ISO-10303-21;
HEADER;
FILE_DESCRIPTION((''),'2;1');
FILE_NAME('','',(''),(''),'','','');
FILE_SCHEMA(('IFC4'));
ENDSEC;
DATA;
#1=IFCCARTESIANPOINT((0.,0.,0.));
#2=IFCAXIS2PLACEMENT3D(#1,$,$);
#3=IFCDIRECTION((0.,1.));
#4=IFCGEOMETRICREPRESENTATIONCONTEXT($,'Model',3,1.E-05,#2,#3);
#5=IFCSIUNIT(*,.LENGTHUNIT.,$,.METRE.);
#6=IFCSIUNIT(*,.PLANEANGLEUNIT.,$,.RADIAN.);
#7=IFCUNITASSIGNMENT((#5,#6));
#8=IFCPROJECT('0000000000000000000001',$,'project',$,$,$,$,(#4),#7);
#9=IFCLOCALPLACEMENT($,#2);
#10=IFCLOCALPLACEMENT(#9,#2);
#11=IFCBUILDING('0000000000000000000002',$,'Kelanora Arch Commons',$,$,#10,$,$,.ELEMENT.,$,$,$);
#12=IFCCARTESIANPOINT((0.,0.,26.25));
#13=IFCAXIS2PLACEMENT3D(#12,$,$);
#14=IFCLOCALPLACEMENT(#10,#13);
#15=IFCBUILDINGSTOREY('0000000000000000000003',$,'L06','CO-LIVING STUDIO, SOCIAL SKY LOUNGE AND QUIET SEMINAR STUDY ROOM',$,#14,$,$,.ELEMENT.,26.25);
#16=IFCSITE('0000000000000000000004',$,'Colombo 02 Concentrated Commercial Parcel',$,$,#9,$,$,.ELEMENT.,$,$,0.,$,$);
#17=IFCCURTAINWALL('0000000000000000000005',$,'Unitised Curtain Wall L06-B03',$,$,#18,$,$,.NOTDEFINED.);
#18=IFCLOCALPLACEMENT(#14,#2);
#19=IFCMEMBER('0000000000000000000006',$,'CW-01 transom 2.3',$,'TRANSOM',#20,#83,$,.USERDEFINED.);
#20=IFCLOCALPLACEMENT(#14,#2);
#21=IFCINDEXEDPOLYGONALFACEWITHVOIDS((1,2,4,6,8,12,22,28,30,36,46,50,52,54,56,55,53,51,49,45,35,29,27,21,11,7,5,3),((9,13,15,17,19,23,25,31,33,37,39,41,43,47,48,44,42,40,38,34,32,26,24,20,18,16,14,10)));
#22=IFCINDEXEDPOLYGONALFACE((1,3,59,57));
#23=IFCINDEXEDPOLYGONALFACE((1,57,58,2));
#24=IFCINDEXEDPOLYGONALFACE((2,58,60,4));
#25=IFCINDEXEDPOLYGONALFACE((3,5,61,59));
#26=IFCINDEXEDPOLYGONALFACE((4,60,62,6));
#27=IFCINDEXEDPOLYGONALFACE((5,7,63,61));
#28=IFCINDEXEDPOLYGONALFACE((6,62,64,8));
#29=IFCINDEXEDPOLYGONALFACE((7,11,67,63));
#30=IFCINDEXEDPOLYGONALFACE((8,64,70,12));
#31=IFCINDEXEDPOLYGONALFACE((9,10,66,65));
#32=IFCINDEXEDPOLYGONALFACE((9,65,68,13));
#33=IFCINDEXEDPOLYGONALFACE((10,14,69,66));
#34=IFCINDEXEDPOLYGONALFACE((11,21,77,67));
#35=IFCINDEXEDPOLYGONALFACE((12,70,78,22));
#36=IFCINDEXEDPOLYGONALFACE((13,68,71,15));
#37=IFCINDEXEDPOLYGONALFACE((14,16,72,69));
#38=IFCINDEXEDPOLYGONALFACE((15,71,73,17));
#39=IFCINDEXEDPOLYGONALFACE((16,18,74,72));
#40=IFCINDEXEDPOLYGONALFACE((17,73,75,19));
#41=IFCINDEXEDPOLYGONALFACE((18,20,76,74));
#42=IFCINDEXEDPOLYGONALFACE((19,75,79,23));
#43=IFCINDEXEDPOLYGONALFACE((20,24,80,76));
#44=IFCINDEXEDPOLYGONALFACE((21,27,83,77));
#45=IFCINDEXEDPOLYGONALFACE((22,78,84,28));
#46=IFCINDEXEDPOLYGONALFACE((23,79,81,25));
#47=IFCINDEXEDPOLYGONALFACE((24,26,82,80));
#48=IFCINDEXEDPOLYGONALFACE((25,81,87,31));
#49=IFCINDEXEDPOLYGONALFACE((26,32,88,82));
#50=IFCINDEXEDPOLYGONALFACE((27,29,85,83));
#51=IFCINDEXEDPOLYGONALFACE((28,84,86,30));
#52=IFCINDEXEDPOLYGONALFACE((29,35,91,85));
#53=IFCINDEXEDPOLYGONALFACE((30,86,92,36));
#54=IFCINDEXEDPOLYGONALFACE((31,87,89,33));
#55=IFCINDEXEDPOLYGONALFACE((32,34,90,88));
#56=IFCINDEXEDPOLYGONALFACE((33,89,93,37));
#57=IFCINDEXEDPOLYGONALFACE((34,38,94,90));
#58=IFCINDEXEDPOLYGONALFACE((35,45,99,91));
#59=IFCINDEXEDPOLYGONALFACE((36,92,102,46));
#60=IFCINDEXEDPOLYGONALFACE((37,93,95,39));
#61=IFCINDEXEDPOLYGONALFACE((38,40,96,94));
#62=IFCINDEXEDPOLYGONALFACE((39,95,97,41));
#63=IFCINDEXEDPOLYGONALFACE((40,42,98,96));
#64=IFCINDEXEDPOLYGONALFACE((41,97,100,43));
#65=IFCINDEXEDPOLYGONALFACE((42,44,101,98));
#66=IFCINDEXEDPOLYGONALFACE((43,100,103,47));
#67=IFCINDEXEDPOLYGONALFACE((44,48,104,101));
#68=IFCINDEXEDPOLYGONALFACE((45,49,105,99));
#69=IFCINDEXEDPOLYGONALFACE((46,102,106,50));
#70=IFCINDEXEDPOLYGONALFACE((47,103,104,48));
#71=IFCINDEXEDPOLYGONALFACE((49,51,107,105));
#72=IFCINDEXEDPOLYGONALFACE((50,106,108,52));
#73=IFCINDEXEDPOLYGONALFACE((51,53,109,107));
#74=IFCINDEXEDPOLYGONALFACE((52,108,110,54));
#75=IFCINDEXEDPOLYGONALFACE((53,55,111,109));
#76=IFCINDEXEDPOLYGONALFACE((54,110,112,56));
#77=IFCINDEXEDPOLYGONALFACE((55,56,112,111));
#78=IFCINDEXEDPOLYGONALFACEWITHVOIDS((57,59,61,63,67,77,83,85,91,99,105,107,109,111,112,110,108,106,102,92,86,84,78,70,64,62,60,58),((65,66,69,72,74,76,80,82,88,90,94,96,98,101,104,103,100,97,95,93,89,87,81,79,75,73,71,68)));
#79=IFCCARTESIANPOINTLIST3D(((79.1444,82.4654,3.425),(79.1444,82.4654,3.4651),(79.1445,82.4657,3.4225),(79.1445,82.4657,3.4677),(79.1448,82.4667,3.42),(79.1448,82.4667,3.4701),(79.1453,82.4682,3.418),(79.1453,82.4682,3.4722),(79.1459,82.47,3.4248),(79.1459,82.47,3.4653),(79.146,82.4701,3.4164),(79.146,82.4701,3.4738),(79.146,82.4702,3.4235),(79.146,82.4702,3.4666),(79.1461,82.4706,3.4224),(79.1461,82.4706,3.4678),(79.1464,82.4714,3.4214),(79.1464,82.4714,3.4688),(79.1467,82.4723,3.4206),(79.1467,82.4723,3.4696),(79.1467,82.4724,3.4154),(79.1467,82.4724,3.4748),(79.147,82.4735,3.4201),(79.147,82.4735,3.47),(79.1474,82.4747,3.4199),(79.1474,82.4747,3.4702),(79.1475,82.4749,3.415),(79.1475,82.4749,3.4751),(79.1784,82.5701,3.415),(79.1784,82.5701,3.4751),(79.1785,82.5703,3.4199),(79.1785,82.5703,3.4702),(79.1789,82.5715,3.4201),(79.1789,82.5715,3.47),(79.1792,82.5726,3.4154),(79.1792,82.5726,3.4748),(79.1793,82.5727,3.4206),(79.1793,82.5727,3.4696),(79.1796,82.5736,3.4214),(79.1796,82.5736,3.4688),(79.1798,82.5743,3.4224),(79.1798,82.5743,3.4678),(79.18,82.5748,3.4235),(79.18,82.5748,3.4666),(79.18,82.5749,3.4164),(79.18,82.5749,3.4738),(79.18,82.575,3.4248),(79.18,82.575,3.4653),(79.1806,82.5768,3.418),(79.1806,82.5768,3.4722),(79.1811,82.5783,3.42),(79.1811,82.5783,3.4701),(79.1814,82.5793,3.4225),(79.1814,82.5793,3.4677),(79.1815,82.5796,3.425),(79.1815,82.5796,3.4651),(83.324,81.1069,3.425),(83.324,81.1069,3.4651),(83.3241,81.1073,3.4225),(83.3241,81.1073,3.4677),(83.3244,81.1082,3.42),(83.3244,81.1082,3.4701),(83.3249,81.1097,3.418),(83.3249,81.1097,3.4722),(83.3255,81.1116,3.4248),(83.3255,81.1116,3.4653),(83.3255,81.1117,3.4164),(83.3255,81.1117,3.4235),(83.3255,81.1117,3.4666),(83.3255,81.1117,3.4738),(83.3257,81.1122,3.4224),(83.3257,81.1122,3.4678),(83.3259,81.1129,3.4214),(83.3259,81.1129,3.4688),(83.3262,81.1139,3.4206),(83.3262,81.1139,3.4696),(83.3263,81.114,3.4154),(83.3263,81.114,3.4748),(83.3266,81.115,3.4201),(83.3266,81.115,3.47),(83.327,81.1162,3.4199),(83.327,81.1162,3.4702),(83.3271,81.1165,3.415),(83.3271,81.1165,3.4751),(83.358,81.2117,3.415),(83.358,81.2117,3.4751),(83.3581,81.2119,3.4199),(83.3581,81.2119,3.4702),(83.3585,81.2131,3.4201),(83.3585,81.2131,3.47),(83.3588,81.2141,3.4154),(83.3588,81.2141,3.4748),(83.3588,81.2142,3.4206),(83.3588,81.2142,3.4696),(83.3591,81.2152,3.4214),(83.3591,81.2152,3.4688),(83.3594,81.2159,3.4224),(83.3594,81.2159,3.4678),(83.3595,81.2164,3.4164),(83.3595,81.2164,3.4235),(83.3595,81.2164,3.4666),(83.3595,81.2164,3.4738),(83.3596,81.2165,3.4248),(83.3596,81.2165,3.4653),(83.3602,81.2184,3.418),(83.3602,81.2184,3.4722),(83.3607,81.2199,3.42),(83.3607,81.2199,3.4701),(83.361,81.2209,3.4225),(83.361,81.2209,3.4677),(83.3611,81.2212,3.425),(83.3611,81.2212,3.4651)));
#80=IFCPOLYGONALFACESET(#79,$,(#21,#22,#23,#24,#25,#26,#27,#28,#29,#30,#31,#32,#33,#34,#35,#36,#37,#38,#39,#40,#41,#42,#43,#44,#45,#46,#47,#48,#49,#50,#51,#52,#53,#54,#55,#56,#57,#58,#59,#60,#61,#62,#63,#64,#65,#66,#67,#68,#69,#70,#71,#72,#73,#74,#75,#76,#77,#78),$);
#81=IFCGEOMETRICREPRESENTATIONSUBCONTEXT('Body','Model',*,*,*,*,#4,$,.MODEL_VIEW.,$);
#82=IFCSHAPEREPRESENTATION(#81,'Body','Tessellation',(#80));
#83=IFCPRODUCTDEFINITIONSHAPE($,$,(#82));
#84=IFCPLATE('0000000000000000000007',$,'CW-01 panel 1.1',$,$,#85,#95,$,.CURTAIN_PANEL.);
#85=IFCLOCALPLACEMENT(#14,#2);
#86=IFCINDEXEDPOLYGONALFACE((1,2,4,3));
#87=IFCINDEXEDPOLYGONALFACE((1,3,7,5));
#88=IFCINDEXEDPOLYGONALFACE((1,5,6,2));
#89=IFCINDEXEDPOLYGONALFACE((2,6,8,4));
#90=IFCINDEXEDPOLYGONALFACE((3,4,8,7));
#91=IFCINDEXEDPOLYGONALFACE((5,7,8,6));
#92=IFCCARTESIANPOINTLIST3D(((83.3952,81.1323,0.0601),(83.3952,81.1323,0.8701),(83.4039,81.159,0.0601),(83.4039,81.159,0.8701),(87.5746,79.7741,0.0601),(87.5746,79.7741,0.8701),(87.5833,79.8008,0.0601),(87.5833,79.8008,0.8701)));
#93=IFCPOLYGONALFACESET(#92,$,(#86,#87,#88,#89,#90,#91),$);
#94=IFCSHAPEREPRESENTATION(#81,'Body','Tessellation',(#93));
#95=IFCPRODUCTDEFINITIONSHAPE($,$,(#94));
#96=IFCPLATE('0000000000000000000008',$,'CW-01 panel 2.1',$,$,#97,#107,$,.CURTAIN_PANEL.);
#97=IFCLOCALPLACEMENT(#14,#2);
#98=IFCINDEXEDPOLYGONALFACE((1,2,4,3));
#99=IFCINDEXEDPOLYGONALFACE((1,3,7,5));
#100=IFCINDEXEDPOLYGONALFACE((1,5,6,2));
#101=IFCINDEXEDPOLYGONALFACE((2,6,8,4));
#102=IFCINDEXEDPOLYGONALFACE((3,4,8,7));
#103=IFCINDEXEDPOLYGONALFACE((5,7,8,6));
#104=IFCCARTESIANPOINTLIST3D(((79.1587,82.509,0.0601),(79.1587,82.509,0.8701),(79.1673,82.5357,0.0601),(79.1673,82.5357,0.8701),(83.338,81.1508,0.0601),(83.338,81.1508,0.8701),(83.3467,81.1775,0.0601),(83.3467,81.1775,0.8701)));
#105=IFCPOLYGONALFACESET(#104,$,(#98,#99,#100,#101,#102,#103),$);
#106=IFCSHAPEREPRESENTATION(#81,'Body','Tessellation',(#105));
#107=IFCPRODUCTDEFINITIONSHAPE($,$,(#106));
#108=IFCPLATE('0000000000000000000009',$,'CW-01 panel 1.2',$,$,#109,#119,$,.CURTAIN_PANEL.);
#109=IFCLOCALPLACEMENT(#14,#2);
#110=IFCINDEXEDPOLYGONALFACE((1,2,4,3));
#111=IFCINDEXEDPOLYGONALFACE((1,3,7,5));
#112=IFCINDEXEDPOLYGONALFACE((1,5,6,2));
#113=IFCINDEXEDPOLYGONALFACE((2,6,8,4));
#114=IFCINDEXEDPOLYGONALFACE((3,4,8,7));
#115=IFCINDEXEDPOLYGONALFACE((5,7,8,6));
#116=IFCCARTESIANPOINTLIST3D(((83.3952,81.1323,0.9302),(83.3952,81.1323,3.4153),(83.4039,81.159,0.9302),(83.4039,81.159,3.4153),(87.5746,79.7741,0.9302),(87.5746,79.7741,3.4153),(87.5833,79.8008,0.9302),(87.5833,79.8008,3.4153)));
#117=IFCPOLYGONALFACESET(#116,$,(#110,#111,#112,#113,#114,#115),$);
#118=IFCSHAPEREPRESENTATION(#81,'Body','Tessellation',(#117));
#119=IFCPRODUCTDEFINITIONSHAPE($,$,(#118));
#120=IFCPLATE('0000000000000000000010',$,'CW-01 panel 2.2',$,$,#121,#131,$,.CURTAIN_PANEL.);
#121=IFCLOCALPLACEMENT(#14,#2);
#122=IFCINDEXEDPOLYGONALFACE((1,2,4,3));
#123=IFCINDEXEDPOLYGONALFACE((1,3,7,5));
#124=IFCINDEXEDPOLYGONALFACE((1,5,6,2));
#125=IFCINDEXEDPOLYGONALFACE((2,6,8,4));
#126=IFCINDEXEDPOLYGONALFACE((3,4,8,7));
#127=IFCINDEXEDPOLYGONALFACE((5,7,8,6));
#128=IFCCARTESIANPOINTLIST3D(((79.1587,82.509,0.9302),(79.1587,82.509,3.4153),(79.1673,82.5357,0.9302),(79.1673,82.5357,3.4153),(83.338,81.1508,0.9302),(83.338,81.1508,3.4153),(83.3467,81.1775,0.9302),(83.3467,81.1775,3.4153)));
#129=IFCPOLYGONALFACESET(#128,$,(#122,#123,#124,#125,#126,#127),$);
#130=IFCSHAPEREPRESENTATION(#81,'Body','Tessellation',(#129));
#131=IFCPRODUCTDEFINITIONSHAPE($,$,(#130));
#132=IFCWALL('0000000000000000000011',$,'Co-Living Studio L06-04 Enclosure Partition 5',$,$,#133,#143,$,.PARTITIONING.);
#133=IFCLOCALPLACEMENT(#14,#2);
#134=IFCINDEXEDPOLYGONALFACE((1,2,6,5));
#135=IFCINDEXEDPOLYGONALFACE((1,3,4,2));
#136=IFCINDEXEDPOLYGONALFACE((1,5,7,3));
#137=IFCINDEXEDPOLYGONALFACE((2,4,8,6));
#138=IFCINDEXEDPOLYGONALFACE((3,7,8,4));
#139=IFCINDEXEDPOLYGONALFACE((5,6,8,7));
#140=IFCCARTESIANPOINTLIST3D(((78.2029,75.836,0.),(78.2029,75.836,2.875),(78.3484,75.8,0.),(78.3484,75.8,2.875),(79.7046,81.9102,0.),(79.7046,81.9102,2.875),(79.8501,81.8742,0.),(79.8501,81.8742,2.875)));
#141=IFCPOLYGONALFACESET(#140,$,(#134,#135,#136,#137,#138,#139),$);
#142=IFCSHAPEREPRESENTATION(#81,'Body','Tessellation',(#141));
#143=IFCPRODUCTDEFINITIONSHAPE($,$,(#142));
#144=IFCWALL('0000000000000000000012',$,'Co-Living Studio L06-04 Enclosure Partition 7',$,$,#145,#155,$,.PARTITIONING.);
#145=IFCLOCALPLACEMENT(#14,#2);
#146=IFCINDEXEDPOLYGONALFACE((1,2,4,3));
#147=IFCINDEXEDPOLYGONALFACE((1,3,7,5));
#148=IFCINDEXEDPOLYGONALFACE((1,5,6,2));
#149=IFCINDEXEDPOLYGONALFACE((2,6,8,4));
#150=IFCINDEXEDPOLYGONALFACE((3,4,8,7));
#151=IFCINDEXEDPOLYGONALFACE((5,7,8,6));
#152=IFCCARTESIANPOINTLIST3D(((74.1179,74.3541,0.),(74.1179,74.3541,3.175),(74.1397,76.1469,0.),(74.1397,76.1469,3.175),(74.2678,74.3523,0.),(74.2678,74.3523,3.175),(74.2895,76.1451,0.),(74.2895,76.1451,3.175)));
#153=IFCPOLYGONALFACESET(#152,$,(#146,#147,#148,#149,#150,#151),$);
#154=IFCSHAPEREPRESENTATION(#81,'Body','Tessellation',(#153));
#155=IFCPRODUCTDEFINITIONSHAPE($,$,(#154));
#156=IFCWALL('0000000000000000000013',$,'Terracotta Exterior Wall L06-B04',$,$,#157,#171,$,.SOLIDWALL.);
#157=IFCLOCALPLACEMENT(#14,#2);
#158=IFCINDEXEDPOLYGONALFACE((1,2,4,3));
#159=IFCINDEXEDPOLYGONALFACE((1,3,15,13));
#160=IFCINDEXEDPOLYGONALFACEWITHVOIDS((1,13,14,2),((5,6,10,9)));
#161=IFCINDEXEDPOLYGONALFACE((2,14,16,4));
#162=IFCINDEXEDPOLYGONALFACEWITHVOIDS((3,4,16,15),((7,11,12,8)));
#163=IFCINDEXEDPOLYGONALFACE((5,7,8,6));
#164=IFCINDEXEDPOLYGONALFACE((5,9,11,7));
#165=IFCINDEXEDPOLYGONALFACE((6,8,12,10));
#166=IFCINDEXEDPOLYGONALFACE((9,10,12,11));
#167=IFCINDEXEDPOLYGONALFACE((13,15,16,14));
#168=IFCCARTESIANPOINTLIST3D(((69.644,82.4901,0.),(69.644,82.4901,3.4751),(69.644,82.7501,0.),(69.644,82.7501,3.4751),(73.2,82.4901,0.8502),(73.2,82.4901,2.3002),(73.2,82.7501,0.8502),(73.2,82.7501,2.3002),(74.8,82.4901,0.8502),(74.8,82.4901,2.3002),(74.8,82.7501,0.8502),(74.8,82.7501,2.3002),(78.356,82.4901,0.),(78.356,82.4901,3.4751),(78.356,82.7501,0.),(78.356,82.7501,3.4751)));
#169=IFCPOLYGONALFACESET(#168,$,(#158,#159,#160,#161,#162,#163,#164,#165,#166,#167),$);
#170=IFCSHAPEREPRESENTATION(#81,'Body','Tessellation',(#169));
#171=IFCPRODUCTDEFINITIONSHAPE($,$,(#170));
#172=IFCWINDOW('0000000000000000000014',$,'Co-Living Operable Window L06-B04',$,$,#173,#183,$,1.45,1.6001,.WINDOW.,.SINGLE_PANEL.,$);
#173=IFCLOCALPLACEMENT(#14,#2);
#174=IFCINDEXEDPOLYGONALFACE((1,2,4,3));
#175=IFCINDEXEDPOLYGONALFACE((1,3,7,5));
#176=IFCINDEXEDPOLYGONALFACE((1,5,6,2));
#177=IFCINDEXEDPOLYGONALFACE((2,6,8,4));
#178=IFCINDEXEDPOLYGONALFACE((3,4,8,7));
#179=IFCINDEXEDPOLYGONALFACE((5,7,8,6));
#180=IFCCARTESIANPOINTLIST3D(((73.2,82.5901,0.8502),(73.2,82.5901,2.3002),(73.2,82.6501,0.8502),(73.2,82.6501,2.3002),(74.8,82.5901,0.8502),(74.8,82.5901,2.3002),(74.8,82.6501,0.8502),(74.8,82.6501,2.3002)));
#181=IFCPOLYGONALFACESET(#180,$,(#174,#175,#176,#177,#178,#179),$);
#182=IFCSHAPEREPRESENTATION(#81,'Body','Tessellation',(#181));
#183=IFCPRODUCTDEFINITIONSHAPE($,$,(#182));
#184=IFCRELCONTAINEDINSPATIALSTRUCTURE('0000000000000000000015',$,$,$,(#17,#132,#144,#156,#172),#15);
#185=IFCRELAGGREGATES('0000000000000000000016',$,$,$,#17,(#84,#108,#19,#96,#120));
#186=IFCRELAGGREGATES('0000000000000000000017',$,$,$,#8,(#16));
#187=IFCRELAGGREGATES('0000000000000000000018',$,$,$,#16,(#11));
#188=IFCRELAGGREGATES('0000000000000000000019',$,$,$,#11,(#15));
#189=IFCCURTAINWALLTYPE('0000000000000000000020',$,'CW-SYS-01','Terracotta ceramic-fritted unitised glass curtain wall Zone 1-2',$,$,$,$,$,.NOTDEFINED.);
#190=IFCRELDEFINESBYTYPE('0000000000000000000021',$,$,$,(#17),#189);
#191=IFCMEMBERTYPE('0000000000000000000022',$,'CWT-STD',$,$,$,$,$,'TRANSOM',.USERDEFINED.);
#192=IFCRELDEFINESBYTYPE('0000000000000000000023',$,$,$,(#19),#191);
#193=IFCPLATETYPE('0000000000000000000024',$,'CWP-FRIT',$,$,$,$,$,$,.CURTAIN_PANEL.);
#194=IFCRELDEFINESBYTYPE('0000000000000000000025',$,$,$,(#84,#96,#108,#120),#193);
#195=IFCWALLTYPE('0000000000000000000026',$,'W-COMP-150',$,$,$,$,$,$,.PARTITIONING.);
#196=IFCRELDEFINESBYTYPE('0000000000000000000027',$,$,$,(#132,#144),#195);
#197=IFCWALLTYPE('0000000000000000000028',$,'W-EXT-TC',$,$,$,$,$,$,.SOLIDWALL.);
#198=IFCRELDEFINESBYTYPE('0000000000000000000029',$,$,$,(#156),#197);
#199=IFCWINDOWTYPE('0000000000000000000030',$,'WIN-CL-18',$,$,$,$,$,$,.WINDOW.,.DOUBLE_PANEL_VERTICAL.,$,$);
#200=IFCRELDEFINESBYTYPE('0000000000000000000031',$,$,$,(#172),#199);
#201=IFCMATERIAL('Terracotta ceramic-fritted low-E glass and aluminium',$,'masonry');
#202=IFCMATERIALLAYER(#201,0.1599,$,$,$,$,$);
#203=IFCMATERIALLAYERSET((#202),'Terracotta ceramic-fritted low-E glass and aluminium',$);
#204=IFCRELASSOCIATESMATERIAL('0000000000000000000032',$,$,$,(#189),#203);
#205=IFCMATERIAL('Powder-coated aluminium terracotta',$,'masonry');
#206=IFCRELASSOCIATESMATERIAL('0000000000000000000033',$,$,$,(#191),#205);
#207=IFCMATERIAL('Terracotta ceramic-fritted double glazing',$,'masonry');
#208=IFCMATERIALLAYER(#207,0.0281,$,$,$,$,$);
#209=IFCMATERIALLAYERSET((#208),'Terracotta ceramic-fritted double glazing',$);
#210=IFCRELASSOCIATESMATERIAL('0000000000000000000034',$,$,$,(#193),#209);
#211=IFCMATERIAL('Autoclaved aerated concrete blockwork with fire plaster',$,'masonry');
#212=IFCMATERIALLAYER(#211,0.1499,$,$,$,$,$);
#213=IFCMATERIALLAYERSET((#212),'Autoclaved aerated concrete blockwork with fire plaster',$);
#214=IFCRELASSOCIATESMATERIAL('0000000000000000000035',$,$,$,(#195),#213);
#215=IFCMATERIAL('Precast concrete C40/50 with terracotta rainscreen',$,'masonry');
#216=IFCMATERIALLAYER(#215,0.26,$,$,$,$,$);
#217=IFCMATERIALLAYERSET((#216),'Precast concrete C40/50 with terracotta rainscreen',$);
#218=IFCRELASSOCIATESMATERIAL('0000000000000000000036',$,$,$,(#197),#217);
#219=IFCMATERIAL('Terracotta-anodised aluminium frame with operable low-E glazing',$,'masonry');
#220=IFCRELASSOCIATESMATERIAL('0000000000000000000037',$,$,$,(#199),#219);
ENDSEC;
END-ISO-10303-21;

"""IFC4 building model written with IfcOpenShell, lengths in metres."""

from ifc_helpers import new_model, si_unit, direction, frame, frame_2d, origin, origin_2d, place, context, subcontext, project, spatial, rectangle, hollow_rectangle, extrude, source, transform, mapped, material, layer, layer_set, material_profile, profile_set, type_object, element, fill, aggregate, save


model = new_model("IFC4")

# Units and contexts
model_context = context("Model", 3, precision=1e-05, world=origin(), true_north=direction((0.0, 1.0)))
body_context = subcontext(model_context, "Body", "Model", "MODEL_VIEW")
ifc_project = project(units=[si_unit("LENGTHUNIT", "METRE"), si_unit("PLANEANGLEUNIT", "RADIAN")], contexts=[model_context])

# Site, building, storey
site_placement = place(None, origin())
site = spatial("IfcSite", under=ifc_project, at=site_placement, Name="Colombo 02 Concentrated Commercial Parcel", CompositionType="ELEMENT", RefElevation=0.0)
building_placement = place(site_placement, origin())
building = spatial("IfcBuilding", under=site, at=building_placement, Name="Kelanora Arch Commons", CompositionType="ELEMENT")
storey_placement = place(building_placement, frame((0.0, 0.0, 26.25)))
storey = spatial("IfcBuildingStorey", under=building, at=storey_placement, Name="L06", Description="CO-LIVING STUDIO, SOCIAL SKY LOUNGE AND QUIET SEMINAR STUDY ROOM", CompositionType="ELEMENT", Elevation=26.25)

# Curtain wall, member, plates
ifc_material_1 = material(Name="Terracotta ceramic-fritted low-E glass and aluminium", Category="masonry")
ifc_layer_1 = layer(ifc_material_1, 0.1599)
ifc_layer_set_1 = layer_set([ifc_layer_1], Name="Terracotta ceramic-fritted low-E glass and aluminium")
curtain_wall_type = type_object("IfcCurtainWallType", Name="CW-SYS-01", Description="Terracotta ceramic-fritted unitised glass curtain wall Zone 1-2", PredefinedType="NOTDEFINED", material=ifc_layer_set_1)
curtain_wall_placement = place(storey_placement, origin())
curtain_wall = element("IfcCurtainWall", 1, at=curtain_wall_placement, inside=storey, type_object=curtain_wall_type, Name="Unitised Curtain Wall L06-B03", PredefinedType="NOTDEFINED")
ifc_material_2 = material(Name="Powder-coated aluminium terracotta", Category="masonry")
ifc_material_profile_1 = material_profile(ifc_material_2, hollow_rectangle(XDim=0.1201, YDim=0.0601, WallThickness=0.0049, InnerFilletRadius=0.0049, OuterFilletRadius=0.01, at=origin_2d()), Name="CWT120x60")
ifc_profile_set_1 = profile_set([ifc_material_profile_1], Name="Powder-coated aluminium terracotta")
member_type_1 = type_object("IfcMemberType", Name="CWT-STD", ElementType="TRANSOM", PredefinedType="USERDEFINED", material=ifc_profile_set_1)
member_1_placement = place(storey_placement, frame((83.3425, 81.1641, 3.4451), z_axis=(-0.951029, 0.309102, 0.0), x_axis=(-0.309102, -0.951029, 0.0)))
member_1 = element("IfcMember", 2, at=member_1_placement, type_object=member_type_1, Name="CW-01 transom 2.3", ObjectType="TRANSOM", PredefinedType="USERDEFINED", context=body_context, shape_type="SweptSolid", body=[
    extrude(hollow_rectangle(XDim=0.1201, YDim=0.0601, WallThickness=0.0049, InnerFilletRadius=0.0049, OuterFilletRadius=0.01, at=origin_2d()), origin(), (0.0, 0.0, 1.0), 4.3948),
])
ifc_material_3 = material(Name="Terracotta ceramic-fritted double glazing", Category="masonry")
ifc_layer_2 = layer(ifc_material_3, 0.0281)
ifc_layer_set_2 = layer_set([ifc_layer_2], Name="Terracotta ceramic-fritted double glazing")
plate_type = type_object("IfcPlateType", Name="CWP-FRIT", PredefinedType="CURTAIN_PANEL", material=ifc_layer_set_2)
shared_shape_1 = source(origin(), body_context, "Body", "SweptSolid", [
    extrude(rectangle(XDim=4.3945, YDim=0.0281, at=origin_2d()), origin(), (0.0, 0.0, 1.0), 0.8101),
])
plate_1_placement = place(storey_placement, frame((85.4893, 80.4666, 0.0601), z_axis=(0.0, 0.0, 1.0), x_axis=(-0.951043, 0.309058, 0.0)))
plate_1 = element("IfcPlate", 3, at=plate_1_placement, type_object=plate_type, Name="CW-01 panel 1.1", PredefinedType="CURTAIN_PANEL", context=body_context, shape_type="MappedRepresentation", body=[
    mapped(shared_shape_1, transform((0.0, 0.0, 0.0), scale=1.0)),
])
plate_2_placement = place(storey_placement, frame((81.2527, 81.8433, 0.0601), z_axis=(0.0, 0.0, 1.0), x_axis=(-0.951043, 0.309058, 0.0)))
plate_2 = element("IfcPlate", 4, at=plate_2_placement, type_object=plate_type, Name="CW-01 panel 2.1", PredefinedType="CURTAIN_PANEL", context=body_context, shape_type="MappedRepresentation", body=[
    mapped(shared_shape_1, transform((0.0, 0.0, 0.0), scale=1.0)),
])
shared_shape_2 = source(origin(), body_context, "Body", "SweptSolid", [
    extrude(rectangle(XDim=4.3945, YDim=0.0281, at=origin_2d()), origin(), (0.0, 0.0, 1.0), 2.4851),
])
plate_3_placement = place(storey_placement, frame((85.4893, 80.4666, 0.9302), z_axis=(0.0, 0.0, 1.0), x_axis=(-0.951043, 0.309058, 0.0)))
plate_3 = element("IfcPlate", 5, at=plate_3_placement, type_object=plate_type, Name="CW-01 panel 1.2", PredefinedType="CURTAIN_PANEL", context=body_context, shape_type="MappedRepresentation", body=[
    mapped(shared_shape_2, transform((0.0, 0.0, 0.0), scale=1.0)),
])
plate_4_placement = place(storey_placement, frame((81.2527, 81.8433, 0.9302), z_axis=(0.0, 0.0, 1.0), x_axis=(-0.951043, 0.309058, 0.0)))
plate_4 = element("IfcPlate", 6, at=plate_4_placement, type_object=plate_type, Name="CW-01 panel 2.2", PredefinedType="CURTAIN_PANEL", context=body_context, shape_type="MappedRepresentation", body=[
    mapped(shared_shape_2, transform((0.0, 0.0, 0.0), scale=1.0)),
])
aggregate(curtain_wall, [plate_1, plate_3, member_1, plate_2, plate_4])

# Walls
ifc_material_4 = material(Name="Autoclaved aerated concrete blockwork with fire plaster", Category="masonry")
ifc_layer_3 = layer(ifc_material_4, 0.1499)
ifc_layer_set_3 = layer_set([ifc_layer_3], Name="Autoclaved aerated concrete blockwork with fire plaster")
wall_type_1 = type_object("IfcWallType", Name="W-COMP-150", PredefinedType="PARTITIONING", material=ifc_layer_set_3)
wall_1_placement = place(storey_placement, frame((79.7773, 81.8921, 0.0), z_axis=(0.0, 0.0, 1.0), x_axis=(-0.240001, -0.970773, 0.0)))
element("IfcWall", 7, at=wall_1_placement, inside=storey, type_object=wall_type_1, Name="Co-Living Studio L06-04 Enclosure Partition 5", PredefinedType="PARTITIONING", context=body_context, shape_type="SweptSolid", body=[
    extrude(rectangle(XDim=6.2571, YDim=0.1499, at=frame_2d((3.1284, 0.0))), origin(), (0.0, 0.0, 1.0), 2.875),
])
wall_2_placement = place(storey_placement, frame((74.2146, 76.146, 0.0), z_axis=(0.0, 0.0, 1.0), x_axis=(-0.012119, -0.999927, 0.0)))
element("IfcWall", 8, at=wall_2_placement, inside=storey, type_object=wall_type_1, Name="Co-Living Studio L06-04 Enclosure Partition 7", PredefinedType="PARTITIONING", context=body_context, shape_type="SweptSolid", body=[
    extrude(rectangle(XDim=1.793, YDim=0.1499, at=frame_2d((0.8965, 0.0))), origin(), (0.0, 0.0, 1.0), 3.175),
])

# Wall, opening, window
ifc_material_5 = material(Name="Precast concrete C40/50 with terracotta rainscreen", Category="masonry")
ifc_layer_4 = layer(ifc_material_5, 0.26)
ifc_layer_set_4 = layer_set([ifc_layer_4], Name="Precast concrete C40/50 with terracotta rainscreen")
wall_type_2 = type_object("IfcWallType", Name="W-EXT-TC", PredefinedType="SOLIDWALL", material=ifc_layer_set_4)
wall_3_placement = place(storey_placement, frame((78.356, 82.6201, 0.0), z_axis=(0.0, 0.0, 1.0), x_axis=(-1.0, 0.0, 0.0)))
wall_3 = element("IfcWall", 9, at=wall_3_placement, inside=storey, type_object=wall_type_2, Name="Terracotta Exterior Wall L06-B04", PredefinedType="SOLIDWALL", context=body_context, shape_type="SweptSolid", body=[
    extrude(rectangle(XDim=8.7119, YDim=0.26, at=frame_2d((4.356, 0.0))), origin(), (0.0, 0.0, 1.0), 3.4751),
])
opening_placement = place(wall_3_placement, frame((3.5559, 0.0, 0.8501)))
opening = element("IfcOpeningElement", 10, at=opening_placement, cuts=wall_3, PredefinedType="OPENING", context=body_context, shape_type="SweptSolid", body=[
    extrude(rectangle(XDim=1.6001, YDim=1.45, at=frame_2d((0.8, 0.7251))), frame((0.0, 0.1401, 0.0), z_axis=(0.0, -1.0, 0.0), x_axis=(1.0, 0.0, 0.0)), (0.0, 0.0, 1.0), 0.28),
])
ifc_material_6 = material(Name="Terracotta-anodised aluminium frame with operable low-E glazing", Category="masonry")
window_type = type_object("IfcWindowType", Name="WIN-CL-18", PartitioningType="DOUBLE_PANEL_VERTICAL", PredefinedType="WINDOW", material=ifc_material_6)
window_placement = place(opening_placement, origin())
window = element("IfcWindow", 11, at=window_placement, inside=storey, type_object=window_type, Name="Co-Living Operable Window L06-B04", OverallHeight=1.45, OverallWidth=1.6001, PartitioningType="SINGLE_PANEL", PredefinedType="WINDOW", context=body_context, shape_type="SweptSolid", body=[
    extrude(rectangle(XDim=1.6001, YDim=1.45, at=frame_2d((0.8, 0.7251))), frame((0.0, 0.03, 0.0), z_axis=(0.0, -1.0, 0.0), x_axis=(1.0, 0.0, 0.0)), (0.0, 0.0, 1.0), 0.0601),
])
fill(opening, window)

save(model, "model.ifc")
